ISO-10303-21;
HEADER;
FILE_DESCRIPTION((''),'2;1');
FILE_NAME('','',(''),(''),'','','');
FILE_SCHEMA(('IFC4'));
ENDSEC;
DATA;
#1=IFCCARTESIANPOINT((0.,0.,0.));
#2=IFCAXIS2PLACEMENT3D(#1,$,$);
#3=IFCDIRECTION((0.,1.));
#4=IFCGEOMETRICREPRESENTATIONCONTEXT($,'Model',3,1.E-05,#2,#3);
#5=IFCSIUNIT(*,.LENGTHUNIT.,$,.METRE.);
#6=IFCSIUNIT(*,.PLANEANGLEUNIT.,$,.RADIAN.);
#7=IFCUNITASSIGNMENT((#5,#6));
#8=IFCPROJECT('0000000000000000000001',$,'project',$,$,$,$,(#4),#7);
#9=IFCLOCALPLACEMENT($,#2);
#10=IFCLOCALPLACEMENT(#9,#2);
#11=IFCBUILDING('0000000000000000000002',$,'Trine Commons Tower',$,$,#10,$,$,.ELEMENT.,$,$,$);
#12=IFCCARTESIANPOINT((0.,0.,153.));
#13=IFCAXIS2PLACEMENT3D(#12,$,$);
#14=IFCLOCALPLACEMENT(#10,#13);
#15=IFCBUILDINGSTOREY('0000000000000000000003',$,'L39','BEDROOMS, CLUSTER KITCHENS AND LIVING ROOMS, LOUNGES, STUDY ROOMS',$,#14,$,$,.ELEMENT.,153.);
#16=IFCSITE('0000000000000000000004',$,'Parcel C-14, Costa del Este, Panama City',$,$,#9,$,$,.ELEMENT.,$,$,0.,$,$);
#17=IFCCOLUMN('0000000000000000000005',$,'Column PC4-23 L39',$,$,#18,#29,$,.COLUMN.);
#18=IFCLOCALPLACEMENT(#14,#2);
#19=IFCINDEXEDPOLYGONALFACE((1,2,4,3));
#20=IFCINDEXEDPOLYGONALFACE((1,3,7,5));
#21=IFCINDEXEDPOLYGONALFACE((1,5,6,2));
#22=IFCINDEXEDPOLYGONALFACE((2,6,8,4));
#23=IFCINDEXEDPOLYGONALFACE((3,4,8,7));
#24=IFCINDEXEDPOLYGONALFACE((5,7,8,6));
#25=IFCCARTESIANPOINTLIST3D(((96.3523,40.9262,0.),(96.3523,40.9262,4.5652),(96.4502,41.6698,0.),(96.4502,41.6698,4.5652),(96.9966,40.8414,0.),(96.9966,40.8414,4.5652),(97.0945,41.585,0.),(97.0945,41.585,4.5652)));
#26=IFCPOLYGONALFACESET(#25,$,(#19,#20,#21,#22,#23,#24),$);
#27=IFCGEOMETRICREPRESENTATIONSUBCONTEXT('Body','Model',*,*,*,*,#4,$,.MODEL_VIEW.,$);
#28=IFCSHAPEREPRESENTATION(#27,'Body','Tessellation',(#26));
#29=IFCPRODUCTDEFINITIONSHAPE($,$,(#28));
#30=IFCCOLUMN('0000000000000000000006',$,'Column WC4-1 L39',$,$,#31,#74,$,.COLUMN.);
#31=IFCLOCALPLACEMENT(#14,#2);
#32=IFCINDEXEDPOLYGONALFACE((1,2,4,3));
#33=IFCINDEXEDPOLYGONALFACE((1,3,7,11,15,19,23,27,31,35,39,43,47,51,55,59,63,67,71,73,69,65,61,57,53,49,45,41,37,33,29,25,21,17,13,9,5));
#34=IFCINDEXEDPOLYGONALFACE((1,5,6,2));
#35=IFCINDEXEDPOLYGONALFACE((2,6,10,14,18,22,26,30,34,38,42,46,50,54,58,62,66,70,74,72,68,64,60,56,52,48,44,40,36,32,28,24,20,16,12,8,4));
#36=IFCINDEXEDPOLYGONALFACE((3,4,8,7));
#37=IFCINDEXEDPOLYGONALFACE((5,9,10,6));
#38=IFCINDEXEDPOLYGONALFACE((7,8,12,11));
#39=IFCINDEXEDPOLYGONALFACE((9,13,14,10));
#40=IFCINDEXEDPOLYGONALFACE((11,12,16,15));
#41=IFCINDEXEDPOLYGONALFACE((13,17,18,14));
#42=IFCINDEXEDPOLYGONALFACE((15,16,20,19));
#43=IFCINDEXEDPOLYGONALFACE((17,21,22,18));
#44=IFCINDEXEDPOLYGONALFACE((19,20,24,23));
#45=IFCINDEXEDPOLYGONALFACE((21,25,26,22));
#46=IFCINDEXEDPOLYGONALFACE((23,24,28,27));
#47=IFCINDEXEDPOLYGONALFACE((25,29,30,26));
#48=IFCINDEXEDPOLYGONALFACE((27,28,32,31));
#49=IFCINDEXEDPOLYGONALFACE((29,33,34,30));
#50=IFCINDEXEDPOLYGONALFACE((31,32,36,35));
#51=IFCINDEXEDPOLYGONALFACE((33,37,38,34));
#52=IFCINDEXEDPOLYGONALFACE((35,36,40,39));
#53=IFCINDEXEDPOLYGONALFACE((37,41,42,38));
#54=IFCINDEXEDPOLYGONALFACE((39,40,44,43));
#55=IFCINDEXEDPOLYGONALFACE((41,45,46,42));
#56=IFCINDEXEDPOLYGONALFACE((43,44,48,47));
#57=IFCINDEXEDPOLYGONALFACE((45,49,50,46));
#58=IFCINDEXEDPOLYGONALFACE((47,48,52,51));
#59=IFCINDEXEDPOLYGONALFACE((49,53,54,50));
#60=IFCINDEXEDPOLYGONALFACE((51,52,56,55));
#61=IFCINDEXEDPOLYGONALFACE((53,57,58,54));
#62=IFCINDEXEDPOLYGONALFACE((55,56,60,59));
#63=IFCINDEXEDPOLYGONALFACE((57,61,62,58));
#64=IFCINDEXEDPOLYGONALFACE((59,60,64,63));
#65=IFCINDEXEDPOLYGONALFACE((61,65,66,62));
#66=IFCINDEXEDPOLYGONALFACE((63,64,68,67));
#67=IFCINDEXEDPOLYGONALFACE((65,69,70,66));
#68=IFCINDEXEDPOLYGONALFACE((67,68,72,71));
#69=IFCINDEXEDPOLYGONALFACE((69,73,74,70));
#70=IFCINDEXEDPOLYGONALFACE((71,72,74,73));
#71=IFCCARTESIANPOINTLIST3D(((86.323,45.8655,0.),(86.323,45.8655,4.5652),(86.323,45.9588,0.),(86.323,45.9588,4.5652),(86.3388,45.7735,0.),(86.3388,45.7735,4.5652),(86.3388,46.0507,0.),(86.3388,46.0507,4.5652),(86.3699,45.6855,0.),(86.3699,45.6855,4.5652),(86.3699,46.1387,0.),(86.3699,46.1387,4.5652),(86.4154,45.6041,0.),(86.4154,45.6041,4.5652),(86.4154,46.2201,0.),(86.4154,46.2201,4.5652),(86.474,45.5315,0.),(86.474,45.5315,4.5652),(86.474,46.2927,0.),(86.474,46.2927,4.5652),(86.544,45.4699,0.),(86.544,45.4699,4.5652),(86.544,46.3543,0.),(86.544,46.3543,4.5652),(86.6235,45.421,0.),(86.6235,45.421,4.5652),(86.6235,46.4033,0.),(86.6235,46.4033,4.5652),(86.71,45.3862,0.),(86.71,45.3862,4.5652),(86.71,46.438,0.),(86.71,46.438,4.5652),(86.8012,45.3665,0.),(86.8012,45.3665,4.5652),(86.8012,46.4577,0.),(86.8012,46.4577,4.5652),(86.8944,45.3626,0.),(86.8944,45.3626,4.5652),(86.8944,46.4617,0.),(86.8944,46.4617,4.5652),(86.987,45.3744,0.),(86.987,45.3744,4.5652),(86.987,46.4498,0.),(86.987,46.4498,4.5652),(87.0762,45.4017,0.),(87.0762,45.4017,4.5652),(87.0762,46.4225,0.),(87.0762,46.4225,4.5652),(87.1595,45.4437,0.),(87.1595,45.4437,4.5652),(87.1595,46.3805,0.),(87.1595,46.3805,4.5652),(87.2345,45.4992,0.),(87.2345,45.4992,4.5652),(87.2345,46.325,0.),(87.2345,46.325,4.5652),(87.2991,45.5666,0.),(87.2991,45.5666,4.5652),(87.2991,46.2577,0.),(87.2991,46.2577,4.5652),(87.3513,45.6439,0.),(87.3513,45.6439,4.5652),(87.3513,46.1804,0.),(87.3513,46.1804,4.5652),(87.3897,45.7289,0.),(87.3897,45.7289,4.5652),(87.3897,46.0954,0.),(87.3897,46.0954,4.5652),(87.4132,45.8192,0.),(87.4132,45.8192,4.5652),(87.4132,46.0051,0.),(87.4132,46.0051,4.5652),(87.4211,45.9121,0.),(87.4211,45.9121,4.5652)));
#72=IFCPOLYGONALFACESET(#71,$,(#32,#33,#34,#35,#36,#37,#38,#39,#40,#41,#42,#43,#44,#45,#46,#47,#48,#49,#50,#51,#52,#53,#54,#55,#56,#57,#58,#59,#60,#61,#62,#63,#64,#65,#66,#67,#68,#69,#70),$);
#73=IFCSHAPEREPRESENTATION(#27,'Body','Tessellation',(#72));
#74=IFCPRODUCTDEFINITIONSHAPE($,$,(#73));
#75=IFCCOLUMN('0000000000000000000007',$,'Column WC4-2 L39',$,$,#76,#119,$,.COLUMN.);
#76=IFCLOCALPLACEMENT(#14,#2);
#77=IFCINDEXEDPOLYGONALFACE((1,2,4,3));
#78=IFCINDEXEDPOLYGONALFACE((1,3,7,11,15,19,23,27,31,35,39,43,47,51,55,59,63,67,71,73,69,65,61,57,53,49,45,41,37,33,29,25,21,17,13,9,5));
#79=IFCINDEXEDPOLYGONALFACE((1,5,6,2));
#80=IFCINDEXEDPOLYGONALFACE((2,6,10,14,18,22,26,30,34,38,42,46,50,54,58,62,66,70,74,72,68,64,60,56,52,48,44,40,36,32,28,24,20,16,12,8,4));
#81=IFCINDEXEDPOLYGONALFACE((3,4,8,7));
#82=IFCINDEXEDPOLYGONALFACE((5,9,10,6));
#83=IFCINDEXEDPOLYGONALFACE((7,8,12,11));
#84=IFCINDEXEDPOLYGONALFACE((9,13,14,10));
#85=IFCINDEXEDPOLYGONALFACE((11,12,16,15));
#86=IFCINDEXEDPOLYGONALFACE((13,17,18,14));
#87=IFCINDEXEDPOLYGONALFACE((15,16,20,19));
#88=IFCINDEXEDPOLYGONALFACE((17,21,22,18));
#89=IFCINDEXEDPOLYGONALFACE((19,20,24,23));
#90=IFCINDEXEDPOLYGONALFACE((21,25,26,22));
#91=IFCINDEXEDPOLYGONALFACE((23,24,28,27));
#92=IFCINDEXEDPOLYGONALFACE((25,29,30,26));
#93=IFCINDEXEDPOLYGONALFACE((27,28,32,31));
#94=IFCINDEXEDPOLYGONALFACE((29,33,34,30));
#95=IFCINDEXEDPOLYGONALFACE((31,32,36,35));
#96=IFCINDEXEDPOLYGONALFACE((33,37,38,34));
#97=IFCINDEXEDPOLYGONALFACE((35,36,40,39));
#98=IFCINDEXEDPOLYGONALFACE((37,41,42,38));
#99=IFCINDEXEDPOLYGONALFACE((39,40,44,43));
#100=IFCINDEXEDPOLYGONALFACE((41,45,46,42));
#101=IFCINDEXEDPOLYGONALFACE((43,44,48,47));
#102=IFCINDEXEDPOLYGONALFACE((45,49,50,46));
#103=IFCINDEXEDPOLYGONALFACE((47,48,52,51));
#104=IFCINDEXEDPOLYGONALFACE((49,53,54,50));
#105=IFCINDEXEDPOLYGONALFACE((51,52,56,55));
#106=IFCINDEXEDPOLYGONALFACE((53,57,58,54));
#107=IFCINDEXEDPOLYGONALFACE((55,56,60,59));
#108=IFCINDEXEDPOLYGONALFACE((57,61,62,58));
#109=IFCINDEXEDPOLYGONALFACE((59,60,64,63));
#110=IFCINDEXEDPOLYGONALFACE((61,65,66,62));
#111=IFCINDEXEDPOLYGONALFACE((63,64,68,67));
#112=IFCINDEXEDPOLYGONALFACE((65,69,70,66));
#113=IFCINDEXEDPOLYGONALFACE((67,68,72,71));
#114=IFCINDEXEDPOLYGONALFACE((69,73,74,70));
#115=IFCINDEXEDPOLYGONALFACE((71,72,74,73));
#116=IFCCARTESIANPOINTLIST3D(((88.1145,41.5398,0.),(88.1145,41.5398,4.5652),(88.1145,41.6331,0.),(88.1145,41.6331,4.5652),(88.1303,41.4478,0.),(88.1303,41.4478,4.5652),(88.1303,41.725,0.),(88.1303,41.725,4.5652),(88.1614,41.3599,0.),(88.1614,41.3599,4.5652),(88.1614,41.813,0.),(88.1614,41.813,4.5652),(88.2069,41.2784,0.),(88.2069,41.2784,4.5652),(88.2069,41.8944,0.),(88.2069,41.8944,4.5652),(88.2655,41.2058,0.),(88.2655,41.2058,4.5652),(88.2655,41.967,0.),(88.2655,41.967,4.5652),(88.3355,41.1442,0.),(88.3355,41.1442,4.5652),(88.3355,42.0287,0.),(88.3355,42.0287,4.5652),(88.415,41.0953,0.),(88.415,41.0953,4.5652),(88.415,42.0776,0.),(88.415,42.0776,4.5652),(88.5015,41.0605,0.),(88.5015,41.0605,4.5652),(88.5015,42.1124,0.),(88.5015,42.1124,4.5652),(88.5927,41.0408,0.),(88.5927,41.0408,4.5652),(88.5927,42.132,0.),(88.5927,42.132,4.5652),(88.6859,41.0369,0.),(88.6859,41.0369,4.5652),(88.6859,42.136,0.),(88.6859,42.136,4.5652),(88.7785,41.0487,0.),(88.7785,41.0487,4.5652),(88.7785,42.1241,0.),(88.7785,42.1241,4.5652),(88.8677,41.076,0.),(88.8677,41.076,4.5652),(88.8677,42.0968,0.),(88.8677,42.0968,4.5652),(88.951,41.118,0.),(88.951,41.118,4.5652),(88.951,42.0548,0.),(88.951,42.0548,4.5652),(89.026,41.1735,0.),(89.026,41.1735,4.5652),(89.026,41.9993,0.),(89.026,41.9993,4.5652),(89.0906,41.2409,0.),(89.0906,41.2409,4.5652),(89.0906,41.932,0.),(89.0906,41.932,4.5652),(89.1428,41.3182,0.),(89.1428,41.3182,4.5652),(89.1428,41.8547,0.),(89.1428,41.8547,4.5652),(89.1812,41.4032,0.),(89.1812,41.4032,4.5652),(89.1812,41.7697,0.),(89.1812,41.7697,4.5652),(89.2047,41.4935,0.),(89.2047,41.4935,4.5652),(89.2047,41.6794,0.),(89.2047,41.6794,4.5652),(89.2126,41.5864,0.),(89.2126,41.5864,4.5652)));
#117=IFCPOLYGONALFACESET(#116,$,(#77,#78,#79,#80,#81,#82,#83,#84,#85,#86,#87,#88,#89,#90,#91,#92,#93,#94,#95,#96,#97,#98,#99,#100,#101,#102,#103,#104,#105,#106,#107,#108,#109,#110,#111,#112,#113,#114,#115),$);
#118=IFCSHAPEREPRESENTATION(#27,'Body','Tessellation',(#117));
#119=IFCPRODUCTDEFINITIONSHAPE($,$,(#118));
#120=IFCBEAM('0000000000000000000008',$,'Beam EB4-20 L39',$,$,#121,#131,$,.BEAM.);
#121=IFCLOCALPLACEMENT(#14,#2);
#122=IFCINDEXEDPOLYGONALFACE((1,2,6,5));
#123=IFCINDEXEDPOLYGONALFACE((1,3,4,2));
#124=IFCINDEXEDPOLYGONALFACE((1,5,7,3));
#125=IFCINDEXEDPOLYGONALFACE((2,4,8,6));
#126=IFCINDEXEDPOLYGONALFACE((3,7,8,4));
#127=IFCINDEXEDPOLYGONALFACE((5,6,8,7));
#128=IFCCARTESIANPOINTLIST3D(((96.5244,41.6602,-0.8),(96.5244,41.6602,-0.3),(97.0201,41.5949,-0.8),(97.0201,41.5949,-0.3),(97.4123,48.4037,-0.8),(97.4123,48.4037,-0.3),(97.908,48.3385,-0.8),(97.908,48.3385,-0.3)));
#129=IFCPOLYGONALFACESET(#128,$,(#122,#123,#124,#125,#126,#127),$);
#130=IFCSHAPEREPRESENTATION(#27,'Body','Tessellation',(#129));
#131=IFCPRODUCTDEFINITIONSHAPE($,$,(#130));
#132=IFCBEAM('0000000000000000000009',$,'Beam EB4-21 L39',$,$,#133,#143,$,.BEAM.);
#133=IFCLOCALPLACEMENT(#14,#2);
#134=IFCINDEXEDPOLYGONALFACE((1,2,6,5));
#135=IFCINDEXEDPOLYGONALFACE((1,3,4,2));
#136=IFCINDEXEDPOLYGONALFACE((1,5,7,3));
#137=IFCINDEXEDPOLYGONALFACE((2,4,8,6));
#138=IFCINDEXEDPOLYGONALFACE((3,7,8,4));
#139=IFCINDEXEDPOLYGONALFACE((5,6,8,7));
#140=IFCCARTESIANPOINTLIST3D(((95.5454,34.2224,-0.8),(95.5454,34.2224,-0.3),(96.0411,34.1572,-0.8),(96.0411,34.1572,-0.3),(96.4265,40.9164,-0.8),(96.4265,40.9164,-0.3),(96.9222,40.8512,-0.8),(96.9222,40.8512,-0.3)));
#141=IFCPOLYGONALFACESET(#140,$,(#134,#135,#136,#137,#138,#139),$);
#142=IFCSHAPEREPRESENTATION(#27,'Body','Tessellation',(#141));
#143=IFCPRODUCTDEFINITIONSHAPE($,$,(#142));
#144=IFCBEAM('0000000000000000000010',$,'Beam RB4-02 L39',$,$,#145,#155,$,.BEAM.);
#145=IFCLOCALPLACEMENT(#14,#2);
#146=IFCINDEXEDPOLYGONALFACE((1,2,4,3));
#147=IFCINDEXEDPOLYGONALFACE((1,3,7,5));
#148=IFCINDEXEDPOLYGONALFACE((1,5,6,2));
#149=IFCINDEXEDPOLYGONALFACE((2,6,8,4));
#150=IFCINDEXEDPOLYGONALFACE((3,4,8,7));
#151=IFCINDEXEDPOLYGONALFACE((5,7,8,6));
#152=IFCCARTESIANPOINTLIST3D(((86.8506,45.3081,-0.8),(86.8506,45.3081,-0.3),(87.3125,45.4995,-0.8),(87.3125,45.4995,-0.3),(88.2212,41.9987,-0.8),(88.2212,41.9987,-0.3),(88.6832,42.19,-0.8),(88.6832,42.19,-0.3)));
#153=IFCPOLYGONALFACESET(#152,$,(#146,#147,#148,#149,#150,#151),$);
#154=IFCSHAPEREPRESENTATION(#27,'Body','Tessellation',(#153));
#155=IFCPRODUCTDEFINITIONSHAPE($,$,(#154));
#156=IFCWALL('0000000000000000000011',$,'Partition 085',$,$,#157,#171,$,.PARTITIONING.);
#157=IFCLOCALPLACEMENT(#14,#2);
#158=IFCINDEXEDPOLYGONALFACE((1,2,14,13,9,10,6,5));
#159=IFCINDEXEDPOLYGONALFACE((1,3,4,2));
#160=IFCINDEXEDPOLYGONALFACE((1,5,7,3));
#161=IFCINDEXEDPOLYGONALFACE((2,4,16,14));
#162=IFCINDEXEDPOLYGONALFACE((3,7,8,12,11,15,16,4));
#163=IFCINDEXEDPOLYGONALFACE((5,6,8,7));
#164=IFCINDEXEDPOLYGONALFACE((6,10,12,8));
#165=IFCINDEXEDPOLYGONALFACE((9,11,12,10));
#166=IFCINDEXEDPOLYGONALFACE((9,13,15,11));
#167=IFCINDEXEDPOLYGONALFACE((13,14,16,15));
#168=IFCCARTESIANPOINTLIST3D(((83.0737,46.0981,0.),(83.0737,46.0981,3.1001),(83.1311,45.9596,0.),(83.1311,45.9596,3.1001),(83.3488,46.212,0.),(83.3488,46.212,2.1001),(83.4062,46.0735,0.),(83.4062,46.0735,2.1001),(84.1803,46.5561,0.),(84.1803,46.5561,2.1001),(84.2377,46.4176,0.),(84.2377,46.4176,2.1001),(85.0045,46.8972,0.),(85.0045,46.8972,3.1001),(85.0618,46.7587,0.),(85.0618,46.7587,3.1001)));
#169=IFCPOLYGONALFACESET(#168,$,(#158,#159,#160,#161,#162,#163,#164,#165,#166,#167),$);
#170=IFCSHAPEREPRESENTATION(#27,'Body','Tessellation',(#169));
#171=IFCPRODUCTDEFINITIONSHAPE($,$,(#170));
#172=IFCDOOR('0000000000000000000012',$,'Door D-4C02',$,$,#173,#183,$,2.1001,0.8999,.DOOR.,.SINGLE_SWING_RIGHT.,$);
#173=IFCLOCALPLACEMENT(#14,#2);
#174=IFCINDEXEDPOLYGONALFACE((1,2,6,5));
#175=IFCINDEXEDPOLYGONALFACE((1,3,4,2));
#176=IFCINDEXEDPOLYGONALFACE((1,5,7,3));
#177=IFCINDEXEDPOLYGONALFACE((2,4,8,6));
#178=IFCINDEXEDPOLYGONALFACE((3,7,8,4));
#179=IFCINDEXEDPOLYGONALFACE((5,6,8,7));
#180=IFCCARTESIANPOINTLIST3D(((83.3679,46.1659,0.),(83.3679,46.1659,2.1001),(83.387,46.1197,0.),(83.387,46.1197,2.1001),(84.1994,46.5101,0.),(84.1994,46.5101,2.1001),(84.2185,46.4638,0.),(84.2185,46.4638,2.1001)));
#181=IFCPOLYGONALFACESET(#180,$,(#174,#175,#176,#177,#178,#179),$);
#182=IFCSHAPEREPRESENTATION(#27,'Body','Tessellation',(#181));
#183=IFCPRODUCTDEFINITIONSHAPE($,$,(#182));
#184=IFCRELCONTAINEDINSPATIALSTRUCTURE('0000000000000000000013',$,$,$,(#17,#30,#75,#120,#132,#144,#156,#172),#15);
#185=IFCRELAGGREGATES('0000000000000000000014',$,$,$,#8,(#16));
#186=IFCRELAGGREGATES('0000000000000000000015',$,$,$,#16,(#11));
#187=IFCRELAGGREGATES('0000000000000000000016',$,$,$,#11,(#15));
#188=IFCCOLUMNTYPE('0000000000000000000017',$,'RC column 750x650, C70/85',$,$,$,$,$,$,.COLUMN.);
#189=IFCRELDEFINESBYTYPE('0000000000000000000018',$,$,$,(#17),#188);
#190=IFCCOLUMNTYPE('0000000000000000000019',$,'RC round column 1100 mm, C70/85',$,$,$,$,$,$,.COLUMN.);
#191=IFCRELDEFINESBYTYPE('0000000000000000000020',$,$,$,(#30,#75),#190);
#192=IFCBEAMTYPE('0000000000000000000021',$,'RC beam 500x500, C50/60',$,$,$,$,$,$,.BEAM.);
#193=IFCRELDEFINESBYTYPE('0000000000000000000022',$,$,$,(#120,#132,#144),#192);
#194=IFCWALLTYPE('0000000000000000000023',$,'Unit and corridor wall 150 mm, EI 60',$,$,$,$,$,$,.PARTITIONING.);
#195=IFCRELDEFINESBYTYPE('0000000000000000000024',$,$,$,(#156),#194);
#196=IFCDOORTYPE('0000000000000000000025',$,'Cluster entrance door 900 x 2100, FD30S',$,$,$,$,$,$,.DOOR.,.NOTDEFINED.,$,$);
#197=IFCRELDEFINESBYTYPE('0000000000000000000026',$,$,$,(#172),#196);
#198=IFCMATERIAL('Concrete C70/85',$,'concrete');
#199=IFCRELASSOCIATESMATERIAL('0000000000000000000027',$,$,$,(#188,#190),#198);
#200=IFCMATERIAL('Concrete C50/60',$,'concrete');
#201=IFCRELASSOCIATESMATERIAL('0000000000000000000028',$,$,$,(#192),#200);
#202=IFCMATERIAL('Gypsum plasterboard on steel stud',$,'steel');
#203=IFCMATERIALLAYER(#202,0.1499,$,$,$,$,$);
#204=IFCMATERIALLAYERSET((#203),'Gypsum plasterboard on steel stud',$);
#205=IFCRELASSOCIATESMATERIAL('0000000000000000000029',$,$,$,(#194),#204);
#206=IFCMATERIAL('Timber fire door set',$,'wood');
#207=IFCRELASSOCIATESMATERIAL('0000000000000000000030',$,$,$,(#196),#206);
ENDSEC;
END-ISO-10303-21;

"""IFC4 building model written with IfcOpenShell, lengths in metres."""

from ifc_helpers import new_model, si_unit, direction, frame, frame_2d, origin, origin_2d, place, context, subcontext, project, spatial, rectangle, circle, extrude, material, layer, layer_set, material_profile, profile_set, type_object, element, fill, save


model = new_model("IFC4")

# Units and contexts
model_context = context("Model", 3, precision=1e-05, world=origin(), true_north=direction((0.0, 1.0)))
body_context = subcontext(model_context, "Body", "Model", "MODEL_VIEW")
ifc_project = project(units=[si_unit("LENGTHUNIT", "METRE"), si_unit("PLANEANGLEUNIT", "RADIAN")], contexts=[model_context])

# Site, building, storey
site_placement = place(None, origin())
site = spatial("IfcSite", under=ifc_project, at=site_placement, Name="Parcel C-14, Costa del Este, Panama City", CompositionType="ELEMENT", RefElevation=0.0)
building_placement = place(site_placement, origin())
building = spatial("IfcBuilding", under=site, at=building_placement, Name="Trine Commons Tower", CompositionType="ELEMENT")
storey_placement = place(building_placement, frame((0.0, 0.0, 153.0)))
storey = spatial("IfcBuildingStorey", under=building, at=storey_placement, Name="L39", Description="BEDROOMS, CLUSTER KITCHENS AND LIVING ROOMS, LOUNGES, STUDY ROOMS", CompositionType="ELEMENT", Elevation=153.0)

# Columns
ifc_material_1 = material(Name="Concrete C70/85", Category="concrete")
ifc_material_profile_1 = material_profile(ifc_material_1, rectangle(XDim=0.75, YDim=0.6499, at=origin_2d()), Name="RC 750x650")
ifc_profile_set_1 = profile_set([ifc_material_profile_1], Name="Concrete C70/85")
column_type_1 = type_object("IfcColumnType", Name="RC column 750x650, C70/85", PredefinedType="COLUMN", material=ifc_profile_set_1)
column_placement = place(storey_placement, frame((96.7234, 41.2556, 0.0), z_axis=(0.0, 0.0, 1.0), x_axis=(0.130526, 0.991445, 0.0)))
element("IfcColumn", 1, at=column_placement, inside=storey, type_object=column_type_1, Name="Column PC4-23 L39", PredefinedType="COLUMN", context=body_context, shape_type="SweptSolid", body=[
    extrude(rectangle(XDim=0.75, YDim=0.6499, at=origin_2d()), origin(), (0.0, 0.0, 1.0), 4.5652),
])
ifc_material_profile_2 = material_profile(ifc_material_1, circle(Radius=0.55, at=origin_2d()), Name="RC round 1100")
ifc_profile_set_2 = profile_set([ifc_material_profile_2], Name="Concrete C70/85")
column_type_2 = type_object("IfcColumnType", Name="RC round column 1100 mm, C70/85", PredefinedType="COLUMN", material=ifc_profile_set_2)
for number, where, z_axis, x_axis, name in (
    (2, (86.8711, 45.9121, 0.0), (0.0, 0.0, 1.0), (1.0, 0.0, 0.0), "Column WC4-1 L39"),
    (3, (88.6626, 41.5864, 0.0), (0.0, 0.0, 1.0), (1.0, 0.0, 0.0), "Column WC4-2 L39"),
):
    element("IfcColumn", number, at=place(storey_placement, frame(where, z_axis=z_axis, x_axis=x_axis)), inside=storey, type_object=column_type_2, Name=name, PredefinedType="COLUMN", context=body_context, shape_type="SweptSolid", body=[
        extrude(circle(Radius=0.55, at=origin_2d()), origin(), (0.0, 0.0, 1.0), 4.5652),
    ])

# Beams
ifc_material_2 = material(Name="Concrete C50/60", Category="concrete")
ifc_material_profile_3 = material_profile(ifc_material_2, rectangle(XDim=0.5, YDim=0.5, at=origin_2d()), Name="RC 500x500")
ifc_profile_set_3 = profile_set([ifc_material_profile_3], Name="Concrete C50/60")
beam_type = type_object("IfcBeamType", Name="RC beam 500x500, C50/60", PredefinedType="BEAM", material=ifc_profile_set_3)
beam_1_placement = place(storey_placement, frame((97.6602, 48.3711, -0.55), z_axis=(-0.130544, -0.991443, 0.0), x_axis=(0.991443, -0.130544, 0.0)))
element("IfcBeam", 4, at=beam_1_placement, inside=storey, type_object=beam_type, Name="Beam EB4-20 L39", PredefinedType="BEAM", context=body_context, shape_type="SweptSolid", body=[
    extrude(rectangle(XDim=0.5, YDim=0.5, at=origin_2d()), origin(), (0.0, 0.0, 1.0), 6.8018),
])
beam_2_placement = place(storey_placement, frame((96.6743, 40.8838, -0.55), z_axis=(-0.130498, -0.991449, 0.0), x_axis=(0.991449, -0.130498, 0.0)))
element("IfcBeam", 5, at=beam_2_placement, inside=storey, type_object=beam_type, Name="Beam EB4-21 L39", PredefinedType="BEAM", context=body_context, shape_type="SweptSolid", body=[
    extrude(rectangle(XDim=0.5, YDim=0.5, at=origin_2d()), origin(), (0.0, 0.0, 1.0), 6.7517),
])
beam_3_placement = place(storey_placement, frame((87.0815, 45.4038, -0.55), z_axis=(0.382645, -0.923896, 0.0), x_axis=(0.923896, 0.382645, 0.0)))
element("IfcBeam", 6, at=beam_3_placement, inside=storey, type_object=beam_type, Name="Beam RB4-02 L39", PredefinedType="BEAM", context=body_context, shape_type="SweptSolid", body=[
    extrude(rectangle(XDim=0.5, YDim=0.5, at=origin_2d()), origin(), (0.0, 0.0, 1.0), 3.582),
])

# Wall, opening, door
ifc_material_3 = material(Name="Gypsum plasterboard on steel stud", Category="steel")
ifc_layer_1 = layer(ifc_material_3, 0.1499)
ifc_layer_set_1 = layer_set([ifc_layer_1], Name="Gypsum plasterboard on steel stud")
wall_type_1 = type_object("IfcWallType", Name="Unit and corridor wall 150 mm, EI 60", PredefinedType="PARTITIONING", material=ifc_layer_set_1)
wall_1_placement = place(storey_placement, frame((83.1023, 46.0288, 0.0), z_axis=(0.0, 0.0, 1.0), x_axis=(0.923987, 0.382424, 0.0)))
wall_1 = element("IfcWall", 7, at=wall_1_placement, inside=storey, type_object=wall_type_1, Name="Partition 085", PredefinedType="PARTITIONING", context=body_context, shape_type="SweptSolid", body=[
    extrude(rectangle(XDim=2.0896, YDim=0.1499, at=frame_2d((1.0449, 0.0))), origin(), (0.0, 0.0, 1.0), 3.1001),
])
opening_1_placement = place(wall_1_placement, frame((0.2979, 0.0, 0.0)))
opening_1 = element("IfcOpeningElement", 8, at=opening_1_placement, cuts=wall_1, PredefinedType="OPENING", context=body_context, shape_type="SweptSolid", body=[
    extrude(rectangle(XDim=0.8999, YDim=2.1001, at=frame_2d((0.45, 1.05))), frame((0.0, 0.085, 0.0), z_axis=(0.0, -1.0, 0.0), x_axis=(1.0, 0.0, 0.0)), (0.0, 0.0, 1.0), 0.1699),
])
ifc_material_4 = material(Name="Timber fire door set", Category="wood")
door_type_1 = type_object("IfcDoorType", Name="Cluster entrance door 900 x 2100, FD30S", OperationType="NOTDEFINED", PredefinedType="DOOR", material=ifc_material_4)
door_1_placement = place(opening_1_placement, frame((0.8999, 0.0, 0.0), z_axis=(0.0, 0.0, 1.0), x_axis=(-1.0, 0.0, 0.0)))
door_1 = element("IfcDoor", 9, at=door_1_placement, inside=storey, type_object=door_type_1, Name="Door D-4C02", OperationType="SINGLE_SWING_RIGHT", OverallHeight=2.1001, OverallWidth=0.8999, PredefinedType="DOOR", context=body_context, shape_type="SweptSolid", body=[
    extrude(rectangle(XDim=0.8999, YDim=2.1001, at=frame_2d((0.45, 1.05))), frame((0.0, 0.0249, 0.0), z_axis=(0.0, -1.0, 0.0), x_axis=(1.0, 0.0, 0.0)), (0.0, 0.0, 1.0), 0.05),
])
fill(opening_1, door_1)

save(model, "model.ifc")
